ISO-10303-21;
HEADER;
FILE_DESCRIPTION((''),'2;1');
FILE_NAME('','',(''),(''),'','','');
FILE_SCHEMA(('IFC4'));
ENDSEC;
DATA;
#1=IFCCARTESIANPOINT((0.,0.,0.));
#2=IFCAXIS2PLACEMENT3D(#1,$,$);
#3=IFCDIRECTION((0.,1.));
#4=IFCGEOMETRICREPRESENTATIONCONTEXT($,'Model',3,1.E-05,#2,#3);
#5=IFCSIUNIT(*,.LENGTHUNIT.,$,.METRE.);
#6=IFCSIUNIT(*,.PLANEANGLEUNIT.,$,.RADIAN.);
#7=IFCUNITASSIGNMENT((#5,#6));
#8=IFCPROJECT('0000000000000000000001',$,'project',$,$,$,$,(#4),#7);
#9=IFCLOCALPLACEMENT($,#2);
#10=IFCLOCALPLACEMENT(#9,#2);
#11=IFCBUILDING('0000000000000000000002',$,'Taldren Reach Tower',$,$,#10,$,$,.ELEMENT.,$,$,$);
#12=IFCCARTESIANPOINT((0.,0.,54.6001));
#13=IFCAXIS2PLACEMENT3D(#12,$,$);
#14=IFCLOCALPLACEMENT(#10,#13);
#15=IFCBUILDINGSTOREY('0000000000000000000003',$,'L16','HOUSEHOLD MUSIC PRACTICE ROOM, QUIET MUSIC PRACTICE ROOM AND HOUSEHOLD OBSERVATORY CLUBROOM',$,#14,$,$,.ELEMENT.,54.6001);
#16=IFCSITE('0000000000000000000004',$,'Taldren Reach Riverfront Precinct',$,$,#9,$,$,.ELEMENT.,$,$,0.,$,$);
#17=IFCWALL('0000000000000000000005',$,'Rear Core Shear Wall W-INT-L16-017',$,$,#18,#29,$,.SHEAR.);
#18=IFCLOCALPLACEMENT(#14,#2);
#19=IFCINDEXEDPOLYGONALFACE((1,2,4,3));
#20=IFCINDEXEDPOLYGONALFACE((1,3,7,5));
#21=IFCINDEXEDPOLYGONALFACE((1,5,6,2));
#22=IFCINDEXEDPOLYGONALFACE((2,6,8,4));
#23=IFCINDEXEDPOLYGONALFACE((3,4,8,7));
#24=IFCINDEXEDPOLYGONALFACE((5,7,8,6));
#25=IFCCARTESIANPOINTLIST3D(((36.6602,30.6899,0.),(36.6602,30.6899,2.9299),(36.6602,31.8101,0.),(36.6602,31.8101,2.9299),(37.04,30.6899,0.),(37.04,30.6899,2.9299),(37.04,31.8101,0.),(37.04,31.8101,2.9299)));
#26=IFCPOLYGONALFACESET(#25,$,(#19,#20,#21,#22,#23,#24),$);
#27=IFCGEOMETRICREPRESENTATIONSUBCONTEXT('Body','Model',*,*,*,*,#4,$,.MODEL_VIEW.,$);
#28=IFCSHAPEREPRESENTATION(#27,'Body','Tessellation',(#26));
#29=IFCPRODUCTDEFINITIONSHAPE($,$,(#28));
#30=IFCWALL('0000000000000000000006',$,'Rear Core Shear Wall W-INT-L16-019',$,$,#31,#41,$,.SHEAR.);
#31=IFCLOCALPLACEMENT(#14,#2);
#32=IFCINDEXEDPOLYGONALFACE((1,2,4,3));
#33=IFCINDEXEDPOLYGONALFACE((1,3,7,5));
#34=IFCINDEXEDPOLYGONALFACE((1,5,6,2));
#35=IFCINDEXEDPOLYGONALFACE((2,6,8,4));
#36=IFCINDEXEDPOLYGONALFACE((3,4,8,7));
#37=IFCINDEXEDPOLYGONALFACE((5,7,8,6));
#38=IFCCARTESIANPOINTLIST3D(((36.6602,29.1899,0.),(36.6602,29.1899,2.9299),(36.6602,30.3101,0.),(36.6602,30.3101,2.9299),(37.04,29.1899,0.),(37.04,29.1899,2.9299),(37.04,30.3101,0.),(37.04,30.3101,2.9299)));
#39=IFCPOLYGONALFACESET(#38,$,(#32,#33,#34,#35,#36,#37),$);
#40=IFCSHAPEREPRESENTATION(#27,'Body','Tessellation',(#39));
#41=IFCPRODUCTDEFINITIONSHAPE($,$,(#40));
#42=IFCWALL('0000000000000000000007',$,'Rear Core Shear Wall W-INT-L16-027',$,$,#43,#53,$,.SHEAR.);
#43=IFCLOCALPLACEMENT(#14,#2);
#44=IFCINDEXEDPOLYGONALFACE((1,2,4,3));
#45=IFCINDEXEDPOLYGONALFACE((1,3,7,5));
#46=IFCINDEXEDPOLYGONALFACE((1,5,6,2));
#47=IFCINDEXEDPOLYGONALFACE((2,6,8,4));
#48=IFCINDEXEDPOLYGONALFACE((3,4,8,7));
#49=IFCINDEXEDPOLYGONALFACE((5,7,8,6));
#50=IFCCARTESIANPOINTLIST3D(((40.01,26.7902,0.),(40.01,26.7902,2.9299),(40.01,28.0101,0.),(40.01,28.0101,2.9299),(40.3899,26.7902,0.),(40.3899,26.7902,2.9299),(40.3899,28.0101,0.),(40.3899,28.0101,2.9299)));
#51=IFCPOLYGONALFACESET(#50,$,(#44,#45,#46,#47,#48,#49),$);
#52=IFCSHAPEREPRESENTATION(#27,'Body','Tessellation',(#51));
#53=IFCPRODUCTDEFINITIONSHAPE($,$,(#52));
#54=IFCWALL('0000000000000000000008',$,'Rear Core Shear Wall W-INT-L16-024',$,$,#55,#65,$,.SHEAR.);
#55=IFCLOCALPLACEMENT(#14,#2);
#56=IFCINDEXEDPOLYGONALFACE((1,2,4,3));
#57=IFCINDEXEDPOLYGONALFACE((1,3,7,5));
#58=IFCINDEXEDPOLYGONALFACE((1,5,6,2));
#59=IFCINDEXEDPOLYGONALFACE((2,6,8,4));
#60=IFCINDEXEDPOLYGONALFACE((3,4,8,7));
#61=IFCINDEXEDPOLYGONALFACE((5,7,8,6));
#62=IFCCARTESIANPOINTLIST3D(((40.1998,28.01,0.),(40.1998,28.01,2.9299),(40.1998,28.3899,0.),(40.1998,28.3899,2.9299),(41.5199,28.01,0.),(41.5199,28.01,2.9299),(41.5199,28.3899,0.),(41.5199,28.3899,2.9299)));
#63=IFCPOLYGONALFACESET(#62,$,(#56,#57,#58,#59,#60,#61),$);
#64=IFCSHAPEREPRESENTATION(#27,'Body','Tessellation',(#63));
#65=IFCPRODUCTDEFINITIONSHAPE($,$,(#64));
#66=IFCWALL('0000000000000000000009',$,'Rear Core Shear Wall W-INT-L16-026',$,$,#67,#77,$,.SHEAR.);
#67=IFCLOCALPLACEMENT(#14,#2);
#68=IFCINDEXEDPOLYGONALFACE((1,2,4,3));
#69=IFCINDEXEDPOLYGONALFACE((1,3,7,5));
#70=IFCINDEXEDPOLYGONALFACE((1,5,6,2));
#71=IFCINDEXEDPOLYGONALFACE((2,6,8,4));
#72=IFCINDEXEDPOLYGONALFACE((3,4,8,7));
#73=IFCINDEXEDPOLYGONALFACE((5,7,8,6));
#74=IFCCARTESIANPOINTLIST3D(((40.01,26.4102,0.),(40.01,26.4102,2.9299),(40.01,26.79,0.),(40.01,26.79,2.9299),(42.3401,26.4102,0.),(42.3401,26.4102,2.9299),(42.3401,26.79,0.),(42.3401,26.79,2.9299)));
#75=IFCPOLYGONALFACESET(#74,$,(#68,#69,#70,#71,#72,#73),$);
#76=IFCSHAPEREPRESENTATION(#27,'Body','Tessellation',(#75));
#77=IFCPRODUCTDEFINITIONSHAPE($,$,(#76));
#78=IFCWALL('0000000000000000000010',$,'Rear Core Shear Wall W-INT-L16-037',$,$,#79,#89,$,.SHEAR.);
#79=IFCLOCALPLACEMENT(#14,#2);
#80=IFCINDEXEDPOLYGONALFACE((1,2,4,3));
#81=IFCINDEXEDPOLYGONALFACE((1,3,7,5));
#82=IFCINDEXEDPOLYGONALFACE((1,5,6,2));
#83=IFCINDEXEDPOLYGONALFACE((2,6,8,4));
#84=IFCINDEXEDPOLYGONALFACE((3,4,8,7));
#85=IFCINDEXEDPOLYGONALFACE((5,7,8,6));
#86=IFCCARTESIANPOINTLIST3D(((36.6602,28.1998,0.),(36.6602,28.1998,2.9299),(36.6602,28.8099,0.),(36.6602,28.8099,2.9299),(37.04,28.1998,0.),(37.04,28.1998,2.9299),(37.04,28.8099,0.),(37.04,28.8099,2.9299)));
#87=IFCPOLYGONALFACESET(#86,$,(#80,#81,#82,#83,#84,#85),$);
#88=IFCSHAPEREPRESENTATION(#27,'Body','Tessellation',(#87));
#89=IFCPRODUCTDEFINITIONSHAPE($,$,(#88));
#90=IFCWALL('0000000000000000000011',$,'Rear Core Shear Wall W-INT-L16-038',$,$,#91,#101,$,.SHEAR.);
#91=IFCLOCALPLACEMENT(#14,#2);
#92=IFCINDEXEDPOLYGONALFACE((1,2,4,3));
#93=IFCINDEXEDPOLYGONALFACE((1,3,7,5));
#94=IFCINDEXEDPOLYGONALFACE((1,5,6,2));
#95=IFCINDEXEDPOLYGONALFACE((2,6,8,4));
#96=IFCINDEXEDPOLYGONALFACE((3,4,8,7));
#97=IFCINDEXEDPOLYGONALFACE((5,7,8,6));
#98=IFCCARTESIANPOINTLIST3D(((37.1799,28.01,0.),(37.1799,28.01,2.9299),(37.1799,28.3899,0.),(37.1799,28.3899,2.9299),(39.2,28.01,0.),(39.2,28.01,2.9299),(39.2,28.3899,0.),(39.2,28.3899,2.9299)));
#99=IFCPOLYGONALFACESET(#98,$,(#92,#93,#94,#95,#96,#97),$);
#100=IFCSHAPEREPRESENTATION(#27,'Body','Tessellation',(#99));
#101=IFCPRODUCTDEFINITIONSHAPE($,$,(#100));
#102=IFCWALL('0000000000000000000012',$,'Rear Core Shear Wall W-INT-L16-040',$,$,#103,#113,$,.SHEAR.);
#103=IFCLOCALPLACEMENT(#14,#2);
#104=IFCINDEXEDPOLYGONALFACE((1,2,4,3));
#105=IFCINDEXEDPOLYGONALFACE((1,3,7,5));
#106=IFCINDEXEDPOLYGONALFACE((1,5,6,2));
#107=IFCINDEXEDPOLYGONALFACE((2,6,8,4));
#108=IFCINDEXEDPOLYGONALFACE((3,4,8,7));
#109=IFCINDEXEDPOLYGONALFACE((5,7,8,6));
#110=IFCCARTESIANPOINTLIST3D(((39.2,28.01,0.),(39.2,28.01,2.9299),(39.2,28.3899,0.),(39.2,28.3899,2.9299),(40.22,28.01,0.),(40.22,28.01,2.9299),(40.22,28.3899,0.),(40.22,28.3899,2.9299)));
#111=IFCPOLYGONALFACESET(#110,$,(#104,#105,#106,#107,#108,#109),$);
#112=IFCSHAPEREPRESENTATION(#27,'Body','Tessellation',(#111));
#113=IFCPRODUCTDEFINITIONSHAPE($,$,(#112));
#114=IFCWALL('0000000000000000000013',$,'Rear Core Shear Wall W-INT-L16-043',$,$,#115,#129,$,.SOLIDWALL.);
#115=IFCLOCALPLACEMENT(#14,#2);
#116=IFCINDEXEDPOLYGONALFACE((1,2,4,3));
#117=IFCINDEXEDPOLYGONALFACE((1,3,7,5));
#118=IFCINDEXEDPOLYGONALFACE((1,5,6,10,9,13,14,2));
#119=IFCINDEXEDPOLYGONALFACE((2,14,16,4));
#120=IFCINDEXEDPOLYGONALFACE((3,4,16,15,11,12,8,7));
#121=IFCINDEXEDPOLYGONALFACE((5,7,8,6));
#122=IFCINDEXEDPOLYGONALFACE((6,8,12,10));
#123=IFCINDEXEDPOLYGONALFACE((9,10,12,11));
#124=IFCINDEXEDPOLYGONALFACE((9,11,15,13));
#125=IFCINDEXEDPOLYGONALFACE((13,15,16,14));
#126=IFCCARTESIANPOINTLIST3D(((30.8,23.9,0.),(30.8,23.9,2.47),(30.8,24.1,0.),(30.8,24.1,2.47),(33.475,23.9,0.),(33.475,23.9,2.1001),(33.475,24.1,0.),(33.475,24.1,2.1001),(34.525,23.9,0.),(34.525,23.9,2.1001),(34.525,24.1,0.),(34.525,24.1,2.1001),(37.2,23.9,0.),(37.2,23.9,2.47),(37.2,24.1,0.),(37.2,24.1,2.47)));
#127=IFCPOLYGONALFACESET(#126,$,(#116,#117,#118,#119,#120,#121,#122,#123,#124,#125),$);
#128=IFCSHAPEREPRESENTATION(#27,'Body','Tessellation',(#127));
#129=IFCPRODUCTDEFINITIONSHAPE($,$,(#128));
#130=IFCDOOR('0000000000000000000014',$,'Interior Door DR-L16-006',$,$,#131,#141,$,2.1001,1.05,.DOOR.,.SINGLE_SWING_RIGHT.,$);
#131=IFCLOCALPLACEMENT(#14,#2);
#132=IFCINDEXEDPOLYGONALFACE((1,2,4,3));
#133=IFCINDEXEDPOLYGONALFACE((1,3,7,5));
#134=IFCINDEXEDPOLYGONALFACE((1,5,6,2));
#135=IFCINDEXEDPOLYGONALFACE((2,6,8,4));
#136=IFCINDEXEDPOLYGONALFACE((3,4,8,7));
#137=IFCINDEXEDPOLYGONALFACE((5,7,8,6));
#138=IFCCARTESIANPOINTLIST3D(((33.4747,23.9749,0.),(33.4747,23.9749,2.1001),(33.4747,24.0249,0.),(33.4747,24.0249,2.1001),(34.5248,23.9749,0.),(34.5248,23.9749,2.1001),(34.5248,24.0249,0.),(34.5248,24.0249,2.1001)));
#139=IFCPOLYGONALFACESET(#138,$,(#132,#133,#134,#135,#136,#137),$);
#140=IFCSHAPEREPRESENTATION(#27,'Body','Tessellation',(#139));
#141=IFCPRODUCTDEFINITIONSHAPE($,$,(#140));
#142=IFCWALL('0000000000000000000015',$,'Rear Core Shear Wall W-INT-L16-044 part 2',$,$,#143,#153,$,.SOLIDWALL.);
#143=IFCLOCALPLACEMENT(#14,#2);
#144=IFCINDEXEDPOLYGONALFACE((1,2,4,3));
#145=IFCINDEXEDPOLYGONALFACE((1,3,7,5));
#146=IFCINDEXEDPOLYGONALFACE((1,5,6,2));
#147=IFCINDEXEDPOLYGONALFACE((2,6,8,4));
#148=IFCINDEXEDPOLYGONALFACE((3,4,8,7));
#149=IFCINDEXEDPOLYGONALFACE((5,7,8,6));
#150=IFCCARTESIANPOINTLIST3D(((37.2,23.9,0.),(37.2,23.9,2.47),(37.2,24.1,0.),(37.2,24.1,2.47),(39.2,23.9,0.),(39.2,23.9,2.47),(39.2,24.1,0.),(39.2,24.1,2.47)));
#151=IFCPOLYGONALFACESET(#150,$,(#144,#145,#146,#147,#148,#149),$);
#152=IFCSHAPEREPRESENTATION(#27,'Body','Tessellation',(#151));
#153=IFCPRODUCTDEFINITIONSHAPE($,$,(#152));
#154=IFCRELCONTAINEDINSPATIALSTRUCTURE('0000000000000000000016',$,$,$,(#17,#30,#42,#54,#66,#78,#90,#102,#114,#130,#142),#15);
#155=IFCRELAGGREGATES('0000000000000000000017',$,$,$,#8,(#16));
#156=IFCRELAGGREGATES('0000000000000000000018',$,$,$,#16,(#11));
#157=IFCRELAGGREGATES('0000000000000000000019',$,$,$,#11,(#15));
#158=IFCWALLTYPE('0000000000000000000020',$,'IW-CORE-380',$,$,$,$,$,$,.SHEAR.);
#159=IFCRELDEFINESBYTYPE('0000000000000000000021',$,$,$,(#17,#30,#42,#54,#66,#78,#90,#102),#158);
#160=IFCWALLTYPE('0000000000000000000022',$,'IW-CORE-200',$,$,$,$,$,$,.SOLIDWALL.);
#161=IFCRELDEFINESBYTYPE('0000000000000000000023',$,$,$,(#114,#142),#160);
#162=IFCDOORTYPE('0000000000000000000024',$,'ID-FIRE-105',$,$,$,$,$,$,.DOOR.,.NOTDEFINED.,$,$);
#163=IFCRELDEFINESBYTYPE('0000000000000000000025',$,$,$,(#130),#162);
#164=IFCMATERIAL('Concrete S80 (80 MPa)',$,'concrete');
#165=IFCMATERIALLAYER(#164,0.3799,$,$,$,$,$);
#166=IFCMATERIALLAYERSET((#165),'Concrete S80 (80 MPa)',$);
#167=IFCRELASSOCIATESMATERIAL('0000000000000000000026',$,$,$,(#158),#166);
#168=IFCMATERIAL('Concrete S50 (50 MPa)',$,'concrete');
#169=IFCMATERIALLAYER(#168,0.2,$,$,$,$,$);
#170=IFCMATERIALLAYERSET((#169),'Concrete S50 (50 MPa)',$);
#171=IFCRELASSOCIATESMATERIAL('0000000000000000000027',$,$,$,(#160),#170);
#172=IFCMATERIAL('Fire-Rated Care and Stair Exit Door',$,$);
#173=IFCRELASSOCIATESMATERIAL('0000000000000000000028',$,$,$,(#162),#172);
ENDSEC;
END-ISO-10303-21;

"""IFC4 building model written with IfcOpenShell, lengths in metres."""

from ifc_helpers import new_model, si_unit, direction, frame, frame_2d, origin, place, context, subcontext, project, spatial, rectangle, extrude, source, transform, mapped, material, layer, layer_set, type_object, element, fill, save


model = new_model("IFC4")

# Units and contexts
model_context = context("Model", 3, precision=1e-05, world=origin(), true_north=direction((0.0, 1.0)))
body_context = subcontext(model_context, "Body", "Model", "MODEL_VIEW")
ifc_project = project(units=[si_unit("LENGTHUNIT", "METRE"), si_unit("PLANEANGLEUNIT", "RADIAN")], contexts=[model_context])

# Site, building, storey
site_placement = place(None, origin())
site = spatial("IfcSite", under=ifc_project, at=site_placement, Name="Taldren Reach Riverfront Precinct", CompositionType="ELEMENT", RefElevation=0.0)
building_placement = place(site_placement, origin())
building = spatial("IfcBuilding", under=site, at=building_placement, Name="Taldren Reach Tower", CompositionType="ELEMENT")
storey_placement = place(building_placement, frame((0.0, 0.0, 54.6001)))
storey = spatial("IfcBuildingStorey", under=building, at=storey_placement, Name="L16", Description="HOUSEHOLD MUSIC PRACTICE ROOM, QUIET MUSIC PRACTICE ROOM AND HOUSEHOLD OBSERVATORY CLUBROOM", CompositionType="ELEMENT", Elevation=54.6001)

# Walls
ifc_material_1 = material(Name="Concrete S80 (80 MPa)", Category="concrete")
ifc_layer_1 = layer(ifc_material_1, 0.3799)
ifc_layer_set_1 = layer_set([ifc_layer_1], Name="Concrete S80 (80 MPa)")
wall_type_1 = type_object("IfcWallType", Name="IW-CORE-380", PredefinedType="SHEAR", material=ifc_layer_set_1)
ifc_material_2 = material(Name="Concrete S50 (50 MPa)", Category="concrete")
ifc_layer_2 = layer(ifc_material_2, 0.2)
ifc_layer_set_2 = layer_set([ifc_layer_2], Name="Concrete S50 (50 MPa)")
wall_type_2 = type_object("IfcWallType", Name="IW-CORE-200", PredefinedType="SOLIDWALL", material=ifc_layer_set_2)
shared_shape_1 = source(origin(), body_context, "Body", "SweptSolid", [
    extrude(rectangle(XDim=1.1201, YDim=0.3799, at=frame_2d((0.5601, 0.0))), origin(), (0.0, 0.0, 1.0), 2.9299),
])
for number, where, z_axis, x_axis, name in (
    (1, (36.8501, 30.6899, 0.0), (0.0, 0.0, 1.0), (0.0, 1.0, 0.0), "Rear Core Shear Wall W-INT-L16-017"),
    (2, (36.8501, 29.1899, 0.0), (0.0, 0.0, 1.0), (0.0, 1.0, 0.0), "Rear Core Shear Wall W-INT-L16-019"),
):
    element("IfcWall", number, at=place(storey_placement, frame(where, z_axis=z_axis, x_axis=x_axis)), inside=storey, type_object=wall_type_1, Name=name, PredefinedType="SHEAR", context=body_context, shape_type="MappedRepresentation", body=[
        mapped(shared_shape_1, transform((0.0, 0.0, 0.0), scale=1.0)),
    ])
shared_shape_2 = source(origin(), body_context, "Body", "SweptSolid", [
    extrude(rectangle(XDim=1.22, YDim=0.3799, at=frame_2d((0.6099, 0.0))), origin(), (0.0, 0.0, 1.0), 2.9299),
])
wall_1_placement = place(storey_placement, frame((40.2, 28.01, 0.0), z_axis=(0.0, 0.0, 1.0), x_axis=(0.0, -1.0, 0.0)))
element("IfcWall", 3, at=wall_1_placement, inside=storey, type_object=wall_type_1, Name="Rear Core Shear Wall W-INT-L16-027", PredefinedType="SHEAR", context=body_context, shape_type="MappedRepresentation", body=[
    mapped(shared_shape_2, transform((0.0, 0.0, 0.0), scale=1.0)),
])
shared_shape_3 = source(origin(), body_context, "Body", "SweptSolid", [
    extrude(rectangle(XDim=1.3201, YDim=0.3799, at=frame_2d((0.6602, 0.0))), origin(), (0.0, 0.0, 1.0), 2.9299),
])
wall_2_placement = place(storey_placement, frame((41.52, 28.2, 0.0), z_axis=(0.0, 0.0, 1.0), x_axis=(-1.0, 0.0, 0.0)))
element("IfcWall", 4, at=wall_2_placement, inside=storey, type_object=wall_type_1, Name="Rear Core Shear Wall W-INT-L16-024", PredefinedType="SHEAR", context=body_context, shape_type="MappedRepresentation", body=[
    mapped(shared_shape_3, transform((0.0, 0.0, 0.0), scale=1.0)),
])
shared_shape_4 = source(origin(), body_context, "Body", "SweptSolid", [
    extrude(rectangle(XDim=2.3301, YDim=0.3799, at=frame_2d((1.165, 0.0))), origin(), (0.0, 0.0, 1.0), 2.9299),
])
wall_3_placement = place(storey_placement, frame((40.01, 26.6001, 0.0), z_axis=(0.0, 0.0, 1.0), x_axis=(1.0, 0.0, 0.0)))
element("IfcWall", 5, at=wall_3_placement, inside=storey, type_object=wall_type_1, Name="Rear Core Shear Wall W-INT-L16-026", PredefinedType="SHEAR", context=body_context, shape_type="MappedRepresentation", body=[
    mapped(shared_shape_4, transform((0.0, 0.0, 0.0), scale=1.0)),
])
shared_shape_5 = source(origin(), body_context, "Body", "SweptSolid", [
    extrude(rectangle(XDim=0.6101, YDim=0.3799, at=frame_2d((0.3052, 0.0))), origin(), (0.0, 0.0, 1.0), 2.9299),
])
wall_4_placement = place(storey_placement, frame((36.8501, 28.8101, 0.0), z_axis=(0.0, 0.0, 1.0), x_axis=(0.0, -1.0, 0.0)))
element("IfcWall", 6, at=wall_4_placement, inside=storey, type_object=wall_type_1, Name="Rear Core Shear Wall W-INT-L16-037", PredefinedType="SHEAR", context=body_context, shape_type="MappedRepresentation", body=[
    mapped(shared_shape_5, transform((0.0, 0.0, 0.0), scale=1.0)),
])
shared_shape_6 = source(origin(), body_context, "Body", "SweptSolid", [
    extrude(rectangle(XDim=2.02, YDim=0.3799, at=frame_2d((1.01, 0.0))), origin(), (0.0, 0.0, 1.0), 2.9299),
])
wall_5_placement = place(storey_placement, frame((37.1799, 28.2, 0.0), z_axis=(0.0, 0.0, 1.0), x_axis=(1.0, 0.0, 0.0)))
element("IfcWall", 7, at=wall_5_placement, inside=storey, type_object=wall_type_1, Name="Rear Core Shear Wall W-INT-L16-038", PredefinedType="SHEAR", context=body_context, shape_type="MappedRepresentation", body=[
    mapped(shared_shape_6, transform((0.0, 0.0, 0.0), scale=1.0)),
])
shared_shape_7 = source(origin(), body_context, "Body", "SweptSolid", [
    extrude(rectangle(XDim=1.02, YDim=0.3799, at=frame_2d((0.51, 0.0))), origin(), (0.0, 0.0, 1.0), 2.9299),
])
wall_6_placement = place(storey_placement, frame((39.2, 28.2, 0.0), z_axis=(0.0, 0.0, 1.0), x_axis=(1.0, 0.0, 0.0)))
element("IfcWall", 8, at=wall_6_placement, inside=storey, type_object=wall_type_1, Name="Rear Core Shear Wall W-INT-L16-040", PredefinedType="SHEAR", context=body_context, shape_type="MappedRepresentation", body=[
    mapped(shared_shape_7, transform((0.0, 0.0, 0.0), scale=1.0)),
])

# Wall, opening, door
shared_shape_8 = source(origin(), body_context, "Body", "SweptSolid", [
    extrude(rectangle(XDim=6.3999, YDim=0.2, at=frame_2d((3.2, 0.0))), origin(), (0.0, 0.0, 1.0), 2.47),
])
wall_7_placement = place(storey_placement, frame((37.2, 24.0, 0.0), z_axis=(0.0, 0.0, 1.0), x_axis=(-1.0, 0.0, 0.0)))
wall_7 = element("IfcWall", 9, at=wall_7_placement, inside=storey, type_object=wall_type_2, Name="Rear Core Shear Wall W-INT-L16-043", PredefinedType="SOLIDWALL", context=body_context, shape_type="MappedRepresentation", body=[
    mapped(shared_shape_8, transform((0.0, 0.0, 0.0), scale=1.0)),
])
shared_shape_9 = source(origin(), body_context, "Body", "SweptSolid", [
    extrude(rectangle(XDim=1.05, YDim=2.1001, at=frame_2d((0.5249, 1.05))), frame((0.0, 0.1099, 0.0), z_axis=(0.0, -1.0, 0.0), x_axis=(1.0, 0.0, 0.0)), (0.0, 0.0, 1.0), 0.22),
])
opening_placement = place(wall_7_placement, frame((2.675, 0.0, 0.0)))
opening = element("IfcOpeningElement", 10, at=opening_placement, cuts=wall_7, PredefinedType="OPENING", context=body_context, shape_type="MappedRepresentation", body=[
    mapped(shared_shape_9, transform((0.0, 0.0, 0.0), scale=1.0)),
])
ifc_material_3 = material(Name="Fire-Rated Care and Stair Exit Door")
door_type = type_object("IfcDoorType", Name="ID-FIRE-105", OperationType="NOTDEFINED", PredefinedType="DOOR", material=ifc_material_3)
shared_shape_10 = source(origin(), body_context, "Body", "SweptSolid", [
    extrude(rectangle(XDim=1.05, YDim=2.1001, at=frame_2d((0.5249, 1.05))), frame((0.0, 0.0249, 0.0), z_axis=(0.0, -1.0, 0.0), x_axis=(1.0, 0.0, 0.0)), (0.0, 0.0, 1.0), 0.05),
])
door_placement = place(opening_placement, frame((1.05, 0.0, 0.0), z_axis=(0.0, 0.0, 1.0), x_axis=(-1.0, 0.0, 0.0)))
door = element("IfcDoor", 11, at=door_placement, inside=storey, type_object=door_type, Name="Interior Door DR-L16-006", OperationType="SINGLE_SWING_RIGHT", OverallHeight=2.1001, OverallWidth=1.05, PredefinedType="DOOR", context=body_context, shape_type="MappedRepresentation", body=[
    mapped(shared_shape_10, transform((0.0, 0.0, 0.0), scale=1.0)),
])
fill(opening, door)

# Wall
shared_shape_11 = source(origin(), body_context, "Body", "SweptSolid", [
    extrude(rectangle(XDim=2.0, YDim=0.2, at=frame_2d((1.0, 0.0))), origin(), (0.0, 0.0, 1.0), 2.47),
])
wall_8_placement = place(storey_placement, frame((39.2, 24.0, 0.0), z_axis=(0.0, 0.0, 1.0), x_axis=(-1.0, 0.0, 0.0)))
element("IfcWall", 12, at=wall_8_placement, inside=storey, type_object=wall_type_2, Name="Rear Core Shear Wall W-INT-L16-044 part 2", PredefinedType="SOLIDWALL", context=body_context, shape_type="MappedRepresentation", body=[
    mapped(shared_shape_11, transform((0.0, 0.0, 0.0), scale=1.0)),
])

save(model, "model.ifc")
